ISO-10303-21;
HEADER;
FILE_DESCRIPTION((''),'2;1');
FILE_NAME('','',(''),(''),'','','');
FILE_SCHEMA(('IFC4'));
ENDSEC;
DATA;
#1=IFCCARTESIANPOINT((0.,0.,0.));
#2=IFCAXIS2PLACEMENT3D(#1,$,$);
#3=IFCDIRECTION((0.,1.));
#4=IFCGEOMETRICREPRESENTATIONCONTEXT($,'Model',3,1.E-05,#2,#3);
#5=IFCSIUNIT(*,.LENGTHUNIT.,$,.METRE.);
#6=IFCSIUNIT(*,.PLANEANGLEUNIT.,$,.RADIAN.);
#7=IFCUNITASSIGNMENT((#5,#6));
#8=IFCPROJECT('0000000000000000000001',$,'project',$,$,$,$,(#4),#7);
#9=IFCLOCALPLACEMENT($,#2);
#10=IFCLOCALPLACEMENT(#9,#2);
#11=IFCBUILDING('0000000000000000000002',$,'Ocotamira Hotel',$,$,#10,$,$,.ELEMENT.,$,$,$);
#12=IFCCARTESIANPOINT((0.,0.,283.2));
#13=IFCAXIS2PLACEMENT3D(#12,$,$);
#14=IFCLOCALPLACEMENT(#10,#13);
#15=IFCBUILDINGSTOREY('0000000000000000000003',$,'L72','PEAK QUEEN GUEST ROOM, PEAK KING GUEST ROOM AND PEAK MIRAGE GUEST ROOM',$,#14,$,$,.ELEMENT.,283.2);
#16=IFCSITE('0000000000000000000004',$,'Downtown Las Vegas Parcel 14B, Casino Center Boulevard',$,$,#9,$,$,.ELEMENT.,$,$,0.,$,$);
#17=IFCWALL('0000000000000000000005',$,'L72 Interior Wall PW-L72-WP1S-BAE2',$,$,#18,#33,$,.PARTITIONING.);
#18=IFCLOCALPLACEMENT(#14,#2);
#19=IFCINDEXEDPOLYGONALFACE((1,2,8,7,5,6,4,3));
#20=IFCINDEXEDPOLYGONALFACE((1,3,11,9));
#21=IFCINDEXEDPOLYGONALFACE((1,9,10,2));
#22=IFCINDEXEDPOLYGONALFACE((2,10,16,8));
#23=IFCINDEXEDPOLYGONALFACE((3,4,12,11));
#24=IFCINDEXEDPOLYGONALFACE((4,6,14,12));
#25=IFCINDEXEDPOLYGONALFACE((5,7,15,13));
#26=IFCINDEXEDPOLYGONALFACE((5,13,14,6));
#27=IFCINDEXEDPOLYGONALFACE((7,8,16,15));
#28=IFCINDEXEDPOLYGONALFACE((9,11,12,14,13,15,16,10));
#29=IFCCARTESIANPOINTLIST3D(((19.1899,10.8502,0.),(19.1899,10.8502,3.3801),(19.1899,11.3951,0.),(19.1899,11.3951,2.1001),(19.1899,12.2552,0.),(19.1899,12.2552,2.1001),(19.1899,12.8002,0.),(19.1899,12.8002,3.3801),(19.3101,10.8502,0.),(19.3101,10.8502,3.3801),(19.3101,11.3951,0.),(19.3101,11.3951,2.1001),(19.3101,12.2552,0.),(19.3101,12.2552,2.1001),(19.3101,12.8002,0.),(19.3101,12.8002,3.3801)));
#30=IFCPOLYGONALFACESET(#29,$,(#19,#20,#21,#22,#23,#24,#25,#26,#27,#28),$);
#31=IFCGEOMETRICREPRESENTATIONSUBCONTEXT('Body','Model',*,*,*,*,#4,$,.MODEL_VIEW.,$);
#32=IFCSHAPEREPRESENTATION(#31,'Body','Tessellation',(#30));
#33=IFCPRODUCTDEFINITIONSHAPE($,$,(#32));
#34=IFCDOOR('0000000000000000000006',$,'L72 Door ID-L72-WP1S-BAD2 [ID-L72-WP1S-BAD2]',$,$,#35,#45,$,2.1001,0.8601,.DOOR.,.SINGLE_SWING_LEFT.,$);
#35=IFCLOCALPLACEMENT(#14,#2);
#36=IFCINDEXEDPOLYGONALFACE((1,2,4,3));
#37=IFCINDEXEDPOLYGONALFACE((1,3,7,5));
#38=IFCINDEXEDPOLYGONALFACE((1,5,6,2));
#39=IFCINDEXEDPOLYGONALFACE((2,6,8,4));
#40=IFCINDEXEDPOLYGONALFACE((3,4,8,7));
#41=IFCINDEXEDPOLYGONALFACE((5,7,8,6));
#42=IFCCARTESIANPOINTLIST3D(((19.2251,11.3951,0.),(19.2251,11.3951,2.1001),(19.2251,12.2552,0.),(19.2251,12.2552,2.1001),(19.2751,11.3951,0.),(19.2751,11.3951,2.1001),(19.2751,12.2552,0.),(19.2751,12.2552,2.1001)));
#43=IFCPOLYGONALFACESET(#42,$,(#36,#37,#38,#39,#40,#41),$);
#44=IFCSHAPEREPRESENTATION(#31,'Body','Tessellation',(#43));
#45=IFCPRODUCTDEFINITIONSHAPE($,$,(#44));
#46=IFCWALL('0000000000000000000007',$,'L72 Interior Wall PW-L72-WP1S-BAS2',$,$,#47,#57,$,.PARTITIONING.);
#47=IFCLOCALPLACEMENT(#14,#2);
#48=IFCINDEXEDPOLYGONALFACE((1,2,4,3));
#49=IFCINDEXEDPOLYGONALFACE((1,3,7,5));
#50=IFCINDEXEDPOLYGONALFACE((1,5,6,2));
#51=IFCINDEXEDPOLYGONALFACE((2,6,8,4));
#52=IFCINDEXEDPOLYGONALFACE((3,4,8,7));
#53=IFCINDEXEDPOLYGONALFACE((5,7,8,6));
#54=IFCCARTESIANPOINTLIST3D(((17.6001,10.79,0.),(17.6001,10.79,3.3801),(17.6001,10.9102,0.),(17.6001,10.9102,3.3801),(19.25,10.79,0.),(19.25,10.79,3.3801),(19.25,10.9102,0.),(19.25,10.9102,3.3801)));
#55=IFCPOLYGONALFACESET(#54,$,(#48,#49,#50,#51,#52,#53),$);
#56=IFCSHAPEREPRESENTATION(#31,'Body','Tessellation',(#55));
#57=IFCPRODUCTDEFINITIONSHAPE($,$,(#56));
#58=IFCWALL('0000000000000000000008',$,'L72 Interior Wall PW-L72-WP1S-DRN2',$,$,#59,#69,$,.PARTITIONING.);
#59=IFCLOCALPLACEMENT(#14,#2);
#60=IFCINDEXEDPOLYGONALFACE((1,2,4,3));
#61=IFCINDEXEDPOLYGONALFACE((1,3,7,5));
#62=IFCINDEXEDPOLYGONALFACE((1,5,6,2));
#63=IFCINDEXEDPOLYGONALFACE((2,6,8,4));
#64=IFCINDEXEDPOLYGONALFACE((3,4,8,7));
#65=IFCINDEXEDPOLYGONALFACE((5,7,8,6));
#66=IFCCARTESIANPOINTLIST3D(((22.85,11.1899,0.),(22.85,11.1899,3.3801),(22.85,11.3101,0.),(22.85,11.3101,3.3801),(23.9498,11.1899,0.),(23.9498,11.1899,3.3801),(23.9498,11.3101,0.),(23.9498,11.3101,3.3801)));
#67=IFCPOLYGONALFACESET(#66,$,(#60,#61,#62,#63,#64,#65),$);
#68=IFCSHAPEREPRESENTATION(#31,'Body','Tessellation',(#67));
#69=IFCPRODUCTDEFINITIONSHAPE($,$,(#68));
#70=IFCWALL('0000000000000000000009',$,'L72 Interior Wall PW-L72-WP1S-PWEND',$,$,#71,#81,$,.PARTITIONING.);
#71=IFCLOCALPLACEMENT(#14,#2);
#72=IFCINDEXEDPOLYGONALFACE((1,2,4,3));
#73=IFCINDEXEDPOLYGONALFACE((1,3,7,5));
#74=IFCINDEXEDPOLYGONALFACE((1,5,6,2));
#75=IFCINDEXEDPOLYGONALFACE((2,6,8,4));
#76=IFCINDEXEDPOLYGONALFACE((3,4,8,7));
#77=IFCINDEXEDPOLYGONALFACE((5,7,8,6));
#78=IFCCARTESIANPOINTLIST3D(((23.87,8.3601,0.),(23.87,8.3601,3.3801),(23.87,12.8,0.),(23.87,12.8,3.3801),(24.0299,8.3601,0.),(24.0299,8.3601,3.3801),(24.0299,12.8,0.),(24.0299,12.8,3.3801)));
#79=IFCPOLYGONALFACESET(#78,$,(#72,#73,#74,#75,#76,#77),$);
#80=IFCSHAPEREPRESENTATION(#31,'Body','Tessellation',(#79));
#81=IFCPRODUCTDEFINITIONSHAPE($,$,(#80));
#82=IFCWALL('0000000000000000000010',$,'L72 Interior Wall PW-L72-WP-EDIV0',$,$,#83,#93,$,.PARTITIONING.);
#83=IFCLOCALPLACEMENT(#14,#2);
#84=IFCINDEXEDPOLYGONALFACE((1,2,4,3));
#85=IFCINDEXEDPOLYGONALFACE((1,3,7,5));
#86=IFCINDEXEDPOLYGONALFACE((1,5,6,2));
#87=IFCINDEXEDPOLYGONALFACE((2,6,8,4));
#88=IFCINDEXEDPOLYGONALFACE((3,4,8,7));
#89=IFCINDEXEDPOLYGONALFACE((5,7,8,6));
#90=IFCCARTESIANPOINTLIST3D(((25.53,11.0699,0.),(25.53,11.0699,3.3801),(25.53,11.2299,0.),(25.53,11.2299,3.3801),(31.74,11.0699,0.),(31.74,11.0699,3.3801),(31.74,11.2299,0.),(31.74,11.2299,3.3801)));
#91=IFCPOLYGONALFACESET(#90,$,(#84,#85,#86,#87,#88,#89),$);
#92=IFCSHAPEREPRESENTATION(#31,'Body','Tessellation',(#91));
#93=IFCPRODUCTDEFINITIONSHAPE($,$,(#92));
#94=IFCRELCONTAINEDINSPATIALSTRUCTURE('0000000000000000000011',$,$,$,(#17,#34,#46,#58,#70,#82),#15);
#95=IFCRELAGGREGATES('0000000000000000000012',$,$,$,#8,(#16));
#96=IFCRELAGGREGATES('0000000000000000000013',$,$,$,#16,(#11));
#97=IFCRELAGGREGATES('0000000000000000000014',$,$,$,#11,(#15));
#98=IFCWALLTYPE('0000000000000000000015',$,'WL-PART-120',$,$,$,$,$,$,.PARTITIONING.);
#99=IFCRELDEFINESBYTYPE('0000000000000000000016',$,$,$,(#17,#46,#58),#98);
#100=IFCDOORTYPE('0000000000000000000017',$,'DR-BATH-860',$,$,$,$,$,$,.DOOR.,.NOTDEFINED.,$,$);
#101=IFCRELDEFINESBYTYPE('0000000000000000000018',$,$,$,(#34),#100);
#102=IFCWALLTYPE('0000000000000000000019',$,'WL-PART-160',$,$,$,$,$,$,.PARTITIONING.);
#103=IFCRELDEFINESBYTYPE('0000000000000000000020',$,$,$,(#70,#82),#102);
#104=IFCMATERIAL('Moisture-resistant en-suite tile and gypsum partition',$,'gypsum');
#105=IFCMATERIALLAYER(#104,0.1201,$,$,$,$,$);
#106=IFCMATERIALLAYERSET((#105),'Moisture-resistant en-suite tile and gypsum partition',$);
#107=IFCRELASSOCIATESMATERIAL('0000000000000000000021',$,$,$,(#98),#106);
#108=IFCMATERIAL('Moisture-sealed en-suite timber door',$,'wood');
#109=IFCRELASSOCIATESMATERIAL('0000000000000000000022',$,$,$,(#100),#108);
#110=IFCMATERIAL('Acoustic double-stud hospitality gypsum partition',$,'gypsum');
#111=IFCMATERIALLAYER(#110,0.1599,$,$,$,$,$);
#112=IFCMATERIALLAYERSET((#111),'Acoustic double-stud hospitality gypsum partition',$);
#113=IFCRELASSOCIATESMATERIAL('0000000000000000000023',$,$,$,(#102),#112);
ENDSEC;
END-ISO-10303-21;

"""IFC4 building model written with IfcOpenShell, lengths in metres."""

from ifc_helpers import new_model, si_unit, direction, frame, frame_2d, origin, place, context, subcontext, project, spatial, rectangle, extrude, source, transform, mapped, material, layer, layer_set, type_object, element, fill, save


model = new_model("IFC4")

# Units and contexts
model_context = context("Model", 3, precision=1e-05, world=origin(), true_north=direction((0.0, 1.0)))
body_context = subcontext(model_context, "Body", "Model", "MODEL_VIEW")
ifc_project = project(units=[si_unit("LENGTHUNIT", "METRE"), si_unit("PLANEANGLEUNIT", "RADIAN")], contexts=[model_context])

# Site, building, storey
site_placement = place(None, origin())
site = spatial("IfcSite", under=ifc_project, at=site_placement, Name="Downtown Las Vegas Parcel 14B, Casino Center Boulevard", CompositionType="ELEMENT", RefElevation=0.0)
building_placement = place(site_placement, origin())
building = spatial("IfcBuilding", under=site, at=building_placement, Name="Ocotamira Hotel", CompositionType="ELEMENT")
storey_placement = place(building_placement, frame((0.0, 0.0, 283.2)))
storey = spatial("IfcBuildingStorey", under=building, at=storey_placement, Name="L72", Description="PEAK QUEEN GUEST ROOM, PEAK KING GUEST ROOM AND PEAK MIRAGE GUEST ROOM", CompositionType="ELEMENT", Elevation=283.2)

# Wall, opening, door
ifc_material_1 = material(Name="Moisture-resistant en-suite tile and gypsum partition", Category="gypsum")
ifc_layer_1 = layer(ifc_material_1, 0.1201)
ifc_layer_set_1 = layer_set([ifc_layer_1], Name="Moisture-resistant en-suite tile and gypsum partition")
wall_type_1 = type_object("IfcWallType", Name="WL-PART-120", PredefinedType="PARTITIONING", material=ifc_layer_set_1)
wall_1_placement = place(storey_placement, frame((19.25, 10.8501, 0.0), z_axis=(0.0, 0.0, 1.0), x_axis=(0.0, 1.0, 0.0)))
wall_1 = element("IfcWall", 1, at=wall_1_placement, inside=storey, type_object=wall_type_1, Name="L72 Interior Wall PW-L72-WP1S-BAE2", PredefinedType="PARTITIONING", context=body_context, shape_type="SweptSolid", body=[
    extrude(rectangle(XDim=1.95, YDim=0.1201, at=frame_2d((0.9751, 0.0))), origin(), (0.0, 0.0, 1.0), 3.3801),
])
opening_1_placement = place(wall_1_placement, frame((0.5449, 0.0, 0.0)))
opening_1 = element("IfcOpeningElement", 2, at=opening_1_placement, cuts=wall_1, PredefinedType="OPENING", context=body_context, shape_type="SweptSolid", body=[
    extrude(rectangle(XDim=0.8601, YDim=2.1001, at=frame_2d((0.4302, 1.05))), frame((0.0, 0.0701, 0.0), z_axis=(0.0, -1.0, 0.0), x_axis=(1.0, 0.0, 0.0)), (0.0, 0.0, 1.0), 0.1401),
])
ifc_material_2 = material(Name="Moisture-sealed en-suite timber door", Category="wood")
door_type_1 = type_object("IfcDoorType", Name="DR-BATH-860", OperationType="NOTDEFINED", PredefinedType="DOOR", material=ifc_material_2)
shared_shape_1 = source(origin(), body_context, "Body", "SweptSolid", [
    extrude(rectangle(XDim=0.8601, YDim=2.1001, at=frame_2d((0.4302, 1.05))), frame((0.0, 0.0249, 0.0), z_axis=(0.0, -1.0, 0.0), x_axis=(1.0, 0.0, 0.0)), (0.0, 0.0, 1.0), 0.05),
])
door_1_placement = place(opening_1_placement, origin())
door_1 = element("IfcDoor", 3, at=door_1_placement, inside=storey, type_object=door_type_1, Name="L72 Door ID-L72-WP1S-BAD2 [ID-L72-WP1S-BAD2]", OperationType="SINGLE_SWING_LEFT", OverallHeight=2.1001, OverallWidth=0.8601, PredefinedType="DOOR", context=body_context, shape_type="MappedRepresentation", body=[
    mapped(shared_shape_1, transform((0.0, 0.0, 0.0), scale=1.0)),
])
fill(opening_1, door_1)

# Walls
wall_2_placement = place(storey_placement, frame((17.6001, 10.8501, 0.0), z_axis=(0.0, 0.0, 1.0), x_axis=(1.0, 0.0, 0.0)))
element("IfcWall", 4, at=wall_2_placement, inside=storey, type_object=wall_type_1, Name="L72 Interior Wall PW-L72-WP1S-BAS2", PredefinedType="PARTITIONING", context=body_context, shape_type="SweptSolid", body=[
    extrude(rectangle(XDim=1.6499, YDim=0.1201, at=frame_2d((0.825, 0.0))), origin(), (0.0, 0.0, 1.0), 3.3801),
])
wall_3_placement = place(storey_placement, frame((22.8501, 11.25, 0.0), z_axis=(0.0, 0.0, 1.0), x_axis=(1.0, 0.0, 0.0)))
element("IfcWall", 5, at=wall_3_placement, inside=storey, type_object=wall_type_1, Name="L72 Interior Wall PW-L72-WP1S-DRN2", PredefinedType="PARTITIONING", context=body_context, shape_type="SweptSolid", body=[
    extrude(rectangle(XDim=1.0999, YDim=0.1201, at=frame_2d((0.5498, 0.0))), origin(), (0.0, 0.0, 1.0), 3.3801),
])
ifc_material_3 = material(Name="Acoustic double-stud hospitality gypsum partition", Category="gypsum")
ifc_layer_2 = layer(ifc_material_3, 0.1599)
ifc_layer_set_2 = layer_set([ifc_layer_2], Name="Acoustic double-stud hospitality gypsum partition")
wall_type_2 = type_object("IfcWallType", Name="WL-PART-160", PredefinedType="PARTITIONING", material=ifc_layer_set_2)
wall_4_placement = place(storey_placement, frame((23.95, 8.3601, 0.0), z_axis=(0.0, 0.0, 1.0), x_axis=(0.0, 1.0, 0.0)))
element("IfcWall", 6, at=wall_4_placement, inside=storey, type_object=wall_type_2, Name="L72 Interior Wall PW-L72-WP1S-PWEND", PredefinedType="PARTITIONING", context=body_context, shape_type="SweptSolid", body=[
    extrude(rectangle(XDim=4.4399, YDim=0.1599, at=frame_2d((2.22, 0.0))), origin(), (0.0, 0.0, 1.0), 3.3801),
])
wall_5_placement = place(storey_placement, frame((25.53, 11.1499, 0.0), z_axis=(0.0, 0.0, 1.0), x_axis=(1.0, 0.0, 0.0)))
element("IfcWall", 7, at=wall_5_placement, inside=storey, type_object=wall_type_2, Name="L72 Interior Wall PW-L72-WP-EDIV0", PredefinedType="PARTITIONING", context=body_context, shape_type="SweptSolid", body=[
    extrude(rectangle(XDim=6.21, YDim=0.1599, at=frame_2d((3.105, 0.0))), origin(), (0.0, 0.0, 1.0), 3.3801),
])

save(model, "model.ifc")
